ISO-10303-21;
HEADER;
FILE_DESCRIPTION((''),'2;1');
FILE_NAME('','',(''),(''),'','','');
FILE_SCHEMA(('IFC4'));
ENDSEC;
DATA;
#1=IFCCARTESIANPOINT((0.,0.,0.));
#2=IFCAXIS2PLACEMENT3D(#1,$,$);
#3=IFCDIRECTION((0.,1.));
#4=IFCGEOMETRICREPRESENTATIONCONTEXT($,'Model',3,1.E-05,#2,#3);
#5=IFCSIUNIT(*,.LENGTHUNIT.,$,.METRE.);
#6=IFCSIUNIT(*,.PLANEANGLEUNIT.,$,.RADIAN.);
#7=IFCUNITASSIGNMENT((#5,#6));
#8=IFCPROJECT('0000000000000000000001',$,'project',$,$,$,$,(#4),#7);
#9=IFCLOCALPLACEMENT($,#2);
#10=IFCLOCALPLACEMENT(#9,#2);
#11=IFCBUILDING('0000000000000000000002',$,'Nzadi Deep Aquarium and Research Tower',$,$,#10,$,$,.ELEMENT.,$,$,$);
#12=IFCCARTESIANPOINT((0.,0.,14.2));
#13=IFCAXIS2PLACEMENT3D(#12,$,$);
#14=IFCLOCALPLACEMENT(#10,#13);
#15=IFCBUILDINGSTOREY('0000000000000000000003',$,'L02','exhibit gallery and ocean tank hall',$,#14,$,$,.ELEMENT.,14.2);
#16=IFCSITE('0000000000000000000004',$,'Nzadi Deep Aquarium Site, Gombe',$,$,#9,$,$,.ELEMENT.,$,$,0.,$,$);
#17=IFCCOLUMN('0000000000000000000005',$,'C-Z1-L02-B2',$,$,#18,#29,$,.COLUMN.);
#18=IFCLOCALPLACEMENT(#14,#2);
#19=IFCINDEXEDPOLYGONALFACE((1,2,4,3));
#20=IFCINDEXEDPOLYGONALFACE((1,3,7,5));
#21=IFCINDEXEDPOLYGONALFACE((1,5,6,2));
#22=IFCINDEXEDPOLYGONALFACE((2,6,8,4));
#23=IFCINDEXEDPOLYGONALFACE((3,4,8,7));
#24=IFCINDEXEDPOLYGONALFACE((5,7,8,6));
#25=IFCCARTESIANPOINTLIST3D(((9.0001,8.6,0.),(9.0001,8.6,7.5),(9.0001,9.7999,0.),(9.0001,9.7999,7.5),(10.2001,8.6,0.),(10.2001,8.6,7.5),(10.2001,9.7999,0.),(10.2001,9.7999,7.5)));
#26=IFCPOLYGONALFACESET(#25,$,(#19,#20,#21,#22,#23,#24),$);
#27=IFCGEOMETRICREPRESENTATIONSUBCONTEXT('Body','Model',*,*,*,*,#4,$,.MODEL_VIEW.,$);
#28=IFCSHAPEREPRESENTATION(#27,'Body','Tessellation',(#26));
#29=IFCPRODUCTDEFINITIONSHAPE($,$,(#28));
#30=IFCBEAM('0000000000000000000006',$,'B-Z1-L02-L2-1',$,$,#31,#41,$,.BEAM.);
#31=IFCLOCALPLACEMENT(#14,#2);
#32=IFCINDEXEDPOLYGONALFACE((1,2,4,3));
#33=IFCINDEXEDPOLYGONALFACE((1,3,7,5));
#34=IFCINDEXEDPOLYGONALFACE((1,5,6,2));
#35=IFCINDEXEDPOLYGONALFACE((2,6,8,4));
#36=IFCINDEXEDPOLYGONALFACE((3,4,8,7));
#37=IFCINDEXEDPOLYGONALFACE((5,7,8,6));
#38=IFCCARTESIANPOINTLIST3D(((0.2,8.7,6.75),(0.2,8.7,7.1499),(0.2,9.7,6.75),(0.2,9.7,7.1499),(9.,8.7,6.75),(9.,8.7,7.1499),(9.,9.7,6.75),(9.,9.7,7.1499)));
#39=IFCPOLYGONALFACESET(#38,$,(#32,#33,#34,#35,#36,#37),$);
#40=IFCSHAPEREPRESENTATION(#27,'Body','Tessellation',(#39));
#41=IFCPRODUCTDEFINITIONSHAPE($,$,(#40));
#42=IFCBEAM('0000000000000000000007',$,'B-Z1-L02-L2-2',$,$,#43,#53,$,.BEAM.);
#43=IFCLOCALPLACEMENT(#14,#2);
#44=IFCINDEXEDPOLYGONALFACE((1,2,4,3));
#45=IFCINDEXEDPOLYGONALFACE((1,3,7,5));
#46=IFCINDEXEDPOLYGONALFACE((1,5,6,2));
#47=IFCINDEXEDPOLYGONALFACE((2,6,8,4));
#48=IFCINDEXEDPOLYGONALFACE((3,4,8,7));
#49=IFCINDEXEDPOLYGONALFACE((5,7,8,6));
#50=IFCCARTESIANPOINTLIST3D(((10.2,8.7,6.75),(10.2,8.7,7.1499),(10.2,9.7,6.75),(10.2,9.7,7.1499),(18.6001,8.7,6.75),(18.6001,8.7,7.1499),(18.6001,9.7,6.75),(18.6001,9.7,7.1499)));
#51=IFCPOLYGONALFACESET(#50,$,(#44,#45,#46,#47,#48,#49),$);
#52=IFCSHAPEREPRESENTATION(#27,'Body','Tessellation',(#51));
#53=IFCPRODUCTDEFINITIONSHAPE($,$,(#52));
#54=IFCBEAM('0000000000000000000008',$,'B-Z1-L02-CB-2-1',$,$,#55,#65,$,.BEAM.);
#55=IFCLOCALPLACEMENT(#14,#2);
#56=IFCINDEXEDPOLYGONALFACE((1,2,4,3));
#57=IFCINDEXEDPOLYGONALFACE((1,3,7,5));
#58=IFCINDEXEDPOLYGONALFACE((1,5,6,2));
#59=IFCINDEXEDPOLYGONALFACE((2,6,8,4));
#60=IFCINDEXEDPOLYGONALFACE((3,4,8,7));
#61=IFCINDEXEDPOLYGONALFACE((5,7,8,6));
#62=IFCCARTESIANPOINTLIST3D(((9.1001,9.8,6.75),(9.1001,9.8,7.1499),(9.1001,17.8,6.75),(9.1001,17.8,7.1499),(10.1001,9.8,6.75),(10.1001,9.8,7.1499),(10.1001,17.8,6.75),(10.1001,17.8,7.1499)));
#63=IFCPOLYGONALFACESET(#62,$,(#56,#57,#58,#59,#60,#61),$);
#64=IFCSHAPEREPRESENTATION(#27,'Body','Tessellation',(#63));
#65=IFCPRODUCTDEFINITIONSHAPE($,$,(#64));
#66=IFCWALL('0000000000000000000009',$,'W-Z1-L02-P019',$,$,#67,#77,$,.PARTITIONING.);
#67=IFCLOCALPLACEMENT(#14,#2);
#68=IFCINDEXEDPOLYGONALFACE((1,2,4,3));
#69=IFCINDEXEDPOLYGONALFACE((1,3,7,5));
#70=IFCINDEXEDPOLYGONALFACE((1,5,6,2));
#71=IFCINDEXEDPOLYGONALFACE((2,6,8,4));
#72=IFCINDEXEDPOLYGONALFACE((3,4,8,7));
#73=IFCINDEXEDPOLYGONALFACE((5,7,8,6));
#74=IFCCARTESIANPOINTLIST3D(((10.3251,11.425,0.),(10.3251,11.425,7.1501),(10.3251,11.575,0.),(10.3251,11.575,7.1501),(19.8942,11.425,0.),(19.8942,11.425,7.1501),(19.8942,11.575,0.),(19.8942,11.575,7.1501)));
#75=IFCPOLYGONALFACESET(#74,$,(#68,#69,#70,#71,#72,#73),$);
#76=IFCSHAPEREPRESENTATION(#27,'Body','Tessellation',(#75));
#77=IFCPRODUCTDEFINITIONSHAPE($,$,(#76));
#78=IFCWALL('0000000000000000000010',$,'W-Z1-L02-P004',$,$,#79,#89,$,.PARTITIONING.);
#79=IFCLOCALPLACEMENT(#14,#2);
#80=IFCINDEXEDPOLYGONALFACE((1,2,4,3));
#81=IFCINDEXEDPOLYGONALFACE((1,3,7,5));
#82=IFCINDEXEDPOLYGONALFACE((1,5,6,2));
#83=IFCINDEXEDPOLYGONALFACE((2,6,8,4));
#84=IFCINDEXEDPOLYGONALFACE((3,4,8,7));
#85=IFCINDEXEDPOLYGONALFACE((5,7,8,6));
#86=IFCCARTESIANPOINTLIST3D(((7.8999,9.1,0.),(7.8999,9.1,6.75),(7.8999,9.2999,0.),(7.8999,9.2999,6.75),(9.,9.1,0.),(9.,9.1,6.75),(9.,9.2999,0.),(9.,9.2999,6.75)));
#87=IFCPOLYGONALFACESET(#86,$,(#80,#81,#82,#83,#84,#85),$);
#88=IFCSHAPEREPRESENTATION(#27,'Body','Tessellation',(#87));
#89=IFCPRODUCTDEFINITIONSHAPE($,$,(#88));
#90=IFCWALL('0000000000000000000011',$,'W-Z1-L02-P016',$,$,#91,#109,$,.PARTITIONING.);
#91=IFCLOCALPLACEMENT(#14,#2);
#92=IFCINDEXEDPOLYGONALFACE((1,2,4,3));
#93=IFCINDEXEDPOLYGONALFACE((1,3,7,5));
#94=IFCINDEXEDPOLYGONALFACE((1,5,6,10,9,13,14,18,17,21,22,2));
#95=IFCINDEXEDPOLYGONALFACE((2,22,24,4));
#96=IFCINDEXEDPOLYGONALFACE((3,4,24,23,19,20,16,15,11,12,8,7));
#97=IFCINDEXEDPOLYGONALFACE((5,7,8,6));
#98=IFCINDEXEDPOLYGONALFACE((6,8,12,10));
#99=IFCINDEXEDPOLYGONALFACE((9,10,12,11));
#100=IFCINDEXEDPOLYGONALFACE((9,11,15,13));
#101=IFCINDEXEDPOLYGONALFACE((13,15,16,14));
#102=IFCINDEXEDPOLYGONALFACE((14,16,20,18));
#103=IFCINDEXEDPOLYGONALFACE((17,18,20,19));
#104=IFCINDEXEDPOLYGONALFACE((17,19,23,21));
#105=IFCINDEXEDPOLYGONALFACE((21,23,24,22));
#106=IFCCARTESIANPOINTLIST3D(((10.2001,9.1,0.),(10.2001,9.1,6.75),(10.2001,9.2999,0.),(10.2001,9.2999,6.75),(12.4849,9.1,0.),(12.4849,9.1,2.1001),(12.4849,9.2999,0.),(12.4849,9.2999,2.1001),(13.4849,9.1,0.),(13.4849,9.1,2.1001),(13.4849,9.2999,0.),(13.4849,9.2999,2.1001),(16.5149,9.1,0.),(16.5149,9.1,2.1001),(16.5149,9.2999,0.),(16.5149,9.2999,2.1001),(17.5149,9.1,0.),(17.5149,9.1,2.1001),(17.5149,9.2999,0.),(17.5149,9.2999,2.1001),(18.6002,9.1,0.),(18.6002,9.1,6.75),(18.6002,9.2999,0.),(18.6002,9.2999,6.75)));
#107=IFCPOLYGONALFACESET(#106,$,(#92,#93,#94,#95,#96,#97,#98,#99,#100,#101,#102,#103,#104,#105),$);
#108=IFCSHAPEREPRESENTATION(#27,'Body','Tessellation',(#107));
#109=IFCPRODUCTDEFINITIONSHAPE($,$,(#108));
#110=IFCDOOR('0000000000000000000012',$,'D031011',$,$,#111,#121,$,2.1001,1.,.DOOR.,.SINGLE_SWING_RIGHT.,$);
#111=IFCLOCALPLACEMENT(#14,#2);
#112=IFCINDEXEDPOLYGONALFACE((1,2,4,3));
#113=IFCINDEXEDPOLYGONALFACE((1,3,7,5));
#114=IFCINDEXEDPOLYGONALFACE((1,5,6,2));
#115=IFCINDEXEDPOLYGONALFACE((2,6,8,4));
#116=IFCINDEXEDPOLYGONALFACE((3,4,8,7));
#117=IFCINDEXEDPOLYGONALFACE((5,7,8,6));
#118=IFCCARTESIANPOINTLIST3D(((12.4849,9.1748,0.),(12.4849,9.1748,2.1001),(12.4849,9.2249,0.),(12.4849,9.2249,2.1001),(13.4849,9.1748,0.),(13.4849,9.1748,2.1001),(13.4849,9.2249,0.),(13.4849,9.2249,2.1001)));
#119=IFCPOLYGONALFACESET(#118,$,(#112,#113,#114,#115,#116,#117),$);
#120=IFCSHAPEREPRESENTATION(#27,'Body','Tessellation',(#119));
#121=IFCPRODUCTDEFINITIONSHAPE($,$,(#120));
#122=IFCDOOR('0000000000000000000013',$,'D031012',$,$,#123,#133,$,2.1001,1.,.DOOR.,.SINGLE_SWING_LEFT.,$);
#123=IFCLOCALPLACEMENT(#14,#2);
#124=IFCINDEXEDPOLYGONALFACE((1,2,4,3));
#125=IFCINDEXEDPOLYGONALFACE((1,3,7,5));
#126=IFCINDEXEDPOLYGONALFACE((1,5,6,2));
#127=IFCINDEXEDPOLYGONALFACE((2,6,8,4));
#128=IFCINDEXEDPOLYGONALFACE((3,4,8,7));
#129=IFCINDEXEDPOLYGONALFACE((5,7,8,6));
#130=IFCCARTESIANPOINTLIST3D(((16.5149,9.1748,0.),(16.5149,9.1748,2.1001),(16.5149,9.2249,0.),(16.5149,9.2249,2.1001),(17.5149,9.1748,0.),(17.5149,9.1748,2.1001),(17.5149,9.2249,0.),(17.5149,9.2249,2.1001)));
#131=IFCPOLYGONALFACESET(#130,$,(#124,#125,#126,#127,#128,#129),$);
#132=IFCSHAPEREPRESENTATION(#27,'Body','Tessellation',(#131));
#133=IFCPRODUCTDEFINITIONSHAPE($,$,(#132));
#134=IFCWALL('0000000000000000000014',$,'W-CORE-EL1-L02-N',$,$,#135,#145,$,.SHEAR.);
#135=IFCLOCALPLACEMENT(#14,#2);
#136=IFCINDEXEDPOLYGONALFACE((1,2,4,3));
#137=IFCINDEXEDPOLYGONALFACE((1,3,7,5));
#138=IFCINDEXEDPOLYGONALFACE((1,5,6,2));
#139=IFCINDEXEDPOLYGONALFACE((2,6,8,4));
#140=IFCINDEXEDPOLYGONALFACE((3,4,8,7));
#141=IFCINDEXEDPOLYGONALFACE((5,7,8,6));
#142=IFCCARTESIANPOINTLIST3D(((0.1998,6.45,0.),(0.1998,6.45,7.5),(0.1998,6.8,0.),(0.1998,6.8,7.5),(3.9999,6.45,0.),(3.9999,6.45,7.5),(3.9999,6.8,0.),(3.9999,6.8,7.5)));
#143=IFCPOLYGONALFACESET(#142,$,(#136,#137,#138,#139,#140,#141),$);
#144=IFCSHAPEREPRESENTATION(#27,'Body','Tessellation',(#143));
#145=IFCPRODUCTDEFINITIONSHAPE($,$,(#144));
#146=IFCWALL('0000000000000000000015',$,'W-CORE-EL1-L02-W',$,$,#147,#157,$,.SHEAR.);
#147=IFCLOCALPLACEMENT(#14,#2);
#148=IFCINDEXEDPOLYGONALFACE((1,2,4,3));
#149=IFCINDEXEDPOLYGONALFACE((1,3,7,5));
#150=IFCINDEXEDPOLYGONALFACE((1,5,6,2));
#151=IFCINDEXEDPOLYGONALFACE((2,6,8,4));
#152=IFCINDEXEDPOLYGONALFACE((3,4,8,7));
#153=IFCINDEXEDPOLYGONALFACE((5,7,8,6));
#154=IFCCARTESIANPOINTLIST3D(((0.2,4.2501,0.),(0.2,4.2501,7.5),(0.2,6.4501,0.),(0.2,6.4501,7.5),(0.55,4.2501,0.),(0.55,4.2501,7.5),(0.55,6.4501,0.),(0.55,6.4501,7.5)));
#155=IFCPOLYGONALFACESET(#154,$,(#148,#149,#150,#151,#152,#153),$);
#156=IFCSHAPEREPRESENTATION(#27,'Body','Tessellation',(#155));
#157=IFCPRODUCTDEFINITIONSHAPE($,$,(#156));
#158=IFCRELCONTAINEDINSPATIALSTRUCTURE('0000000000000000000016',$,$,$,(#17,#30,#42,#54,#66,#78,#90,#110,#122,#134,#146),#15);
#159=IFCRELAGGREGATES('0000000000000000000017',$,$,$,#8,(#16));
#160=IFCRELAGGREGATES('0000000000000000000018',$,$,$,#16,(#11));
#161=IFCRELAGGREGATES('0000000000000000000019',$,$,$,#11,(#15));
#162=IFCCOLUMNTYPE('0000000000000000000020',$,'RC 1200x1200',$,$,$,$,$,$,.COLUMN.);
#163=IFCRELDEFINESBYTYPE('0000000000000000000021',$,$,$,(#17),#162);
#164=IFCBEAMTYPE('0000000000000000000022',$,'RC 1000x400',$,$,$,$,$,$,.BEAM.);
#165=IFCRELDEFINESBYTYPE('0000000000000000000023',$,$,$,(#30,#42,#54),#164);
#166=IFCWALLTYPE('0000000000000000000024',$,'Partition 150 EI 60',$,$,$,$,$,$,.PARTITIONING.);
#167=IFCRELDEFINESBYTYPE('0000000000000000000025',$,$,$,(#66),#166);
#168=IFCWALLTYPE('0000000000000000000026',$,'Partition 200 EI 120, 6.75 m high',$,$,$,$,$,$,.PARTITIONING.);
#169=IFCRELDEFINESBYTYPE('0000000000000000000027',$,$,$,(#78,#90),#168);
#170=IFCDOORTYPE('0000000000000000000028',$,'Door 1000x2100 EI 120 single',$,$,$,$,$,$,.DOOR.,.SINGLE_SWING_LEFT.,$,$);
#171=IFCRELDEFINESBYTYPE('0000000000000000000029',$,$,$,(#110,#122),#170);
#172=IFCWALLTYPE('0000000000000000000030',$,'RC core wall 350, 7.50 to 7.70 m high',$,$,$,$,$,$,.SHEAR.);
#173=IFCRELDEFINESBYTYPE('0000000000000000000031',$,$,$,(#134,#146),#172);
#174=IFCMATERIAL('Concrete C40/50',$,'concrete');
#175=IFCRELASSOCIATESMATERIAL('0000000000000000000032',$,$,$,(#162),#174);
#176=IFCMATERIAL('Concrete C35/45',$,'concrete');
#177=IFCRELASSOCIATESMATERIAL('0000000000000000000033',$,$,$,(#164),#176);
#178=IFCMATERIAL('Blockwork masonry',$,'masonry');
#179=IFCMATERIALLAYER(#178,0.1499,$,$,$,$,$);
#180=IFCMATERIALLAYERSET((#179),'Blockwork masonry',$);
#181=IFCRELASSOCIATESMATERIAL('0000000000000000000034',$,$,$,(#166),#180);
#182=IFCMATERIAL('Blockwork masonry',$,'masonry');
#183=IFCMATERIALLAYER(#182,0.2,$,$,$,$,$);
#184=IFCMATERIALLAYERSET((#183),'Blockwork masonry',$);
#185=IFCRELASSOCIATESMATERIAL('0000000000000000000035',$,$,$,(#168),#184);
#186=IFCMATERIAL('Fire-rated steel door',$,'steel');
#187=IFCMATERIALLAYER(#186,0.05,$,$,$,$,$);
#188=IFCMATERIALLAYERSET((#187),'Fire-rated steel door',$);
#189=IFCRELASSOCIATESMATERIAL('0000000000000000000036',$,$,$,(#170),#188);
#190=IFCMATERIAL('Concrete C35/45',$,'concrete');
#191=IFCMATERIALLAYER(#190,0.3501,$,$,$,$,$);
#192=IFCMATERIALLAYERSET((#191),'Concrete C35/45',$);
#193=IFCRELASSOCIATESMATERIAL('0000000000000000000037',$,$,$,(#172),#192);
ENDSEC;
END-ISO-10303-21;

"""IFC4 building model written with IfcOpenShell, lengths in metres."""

from ifc_helpers import new_model, si_unit, direction, frame, frame_2d, origin, origin_2d, place, context, subcontext, project, spatial, rectangle, extrude, material, layer, layer_set, material_profile, profile_set, type_object, element, fill, save


model = new_model("IFC4")

# Units and contexts
model_context = context("Model", 3, precision=1e-05, world=origin(), true_north=direction((0.0, 1.0)))
body_context = subcontext(model_context, "Body", "Model", "MODEL_VIEW")
ifc_project = project(units=[si_unit("LENGTHUNIT", "METRE"), si_unit("PLANEANGLEUNIT", "RADIAN")], contexts=[model_context])

# Site, building, storey
site_placement = place(None, origin())
site = spatial("IfcSite", under=ifc_project, at=site_placement, Name="Nzadi Deep Aquarium Site, Gombe", CompositionType="ELEMENT", RefElevation=0.0)
building_placement = place(site_placement, origin())
building = spatial("IfcBuilding", under=site, at=building_placement, Name="Nzadi Deep Aquarium and Research Tower", CompositionType="ELEMENT")
storey_placement = place(building_placement, frame((0.0, 0.0, 14.2)))
storey = spatial("IfcBuildingStorey", under=building, at=storey_placement, Name="L02", Description="exhibit gallery and ocean tank hall", CompositionType="ELEMENT", Elevation=14.2)

# Column
ifc_material_1 = material(Name="Concrete C40/50", Category="concrete")
ifc_material_profile_1 = material_profile(ifc_material_1, rectangle(XDim=1.2, YDim=1.2, at=origin_2d()))
ifc_profile_set_1 = profile_set([ifc_material_profile_1], Name="Concrete C40/50")
column_type = type_object("IfcColumnType", Name="RC 1200x1200", PredefinedType="COLUMN", material=ifc_profile_set_1)
column_placement = place(storey_placement, frame((9.6001, 9.2, 0.0), z_axis=(0.0, 0.0, 1.0), x_axis=(1.0, 0.0, 0.0)))
element("IfcColumn", 1, at=column_placement, inside=storey, type_object=column_type, Name="C-Z1-L02-B2", PredefinedType="COLUMN", context=body_context, shape_type="SweptSolid", body=[
    extrude(rectangle(XDim=1.2, YDim=1.2, at=origin_2d()), origin(), (0.0, 0.0, 1.0), 7.5),
])

# Beams
ifc_material_2 = material(Name="Concrete C35/45", Category="concrete")
ifc_material_profile_2 = material_profile(ifc_material_2, rectangle(XDim=1.0, YDim=0.3999, at=origin_2d()))
ifc_profile_set_2 = profile_set([ifc_material_profile_2], Name="Concrete C35/45")
beam_type = type_object("IfcBeamType", Name="RC 1000x400", PredefinedType="BEAM", material=ifc_profile_set_2)
beam_1_placement = place(storey_placement, frame((0.2, 9.2, 6.95), z_axis=(1.0, 0.0, 0.0), x_axis=(0.0, 1.0, 0.0)))
element("IfcBeam", 2, at=beam_1_placement, inside=storey, type_object=beam_type, Name="B-Z1-L02-L2-1", PredefinedType="BEAM", context=body_context, shape_type="SweptSolid", body=[
    extrude(rectangle(XDim=1.0, YDim=0.3999, at=origin_2d()), origin(), (0.0, 0.0, 1.0), 8.8),
])
beam_2_placement = place(storey_placement, frame((10.2, 9.2, 6.95), z_axis=(1.0, 0.0, 0.0), x_axis=(0.0, 1.0, 0.0)))
element("IfcBeam", 3, at=beam_2_placement, inside=storey, type_object=beam_type, Name="B-Z1-L02-L2-2", PredefinedType="BEAM", context=body_context, shape_type="SweptSolid", body=[
    extrude(rectangle(XDim=1.0, YDim=0.3999, at=origin_2d()), origin(), (0.0, 0.0, 1.0), 8.4001),
])
beam_3_placement = place(storey_placement, frame((9.6001, 9.8, 6.95), z_axis=(0.0, 1.0, 0.0), x_axis=(-1.0, 0.0, 0.0)))
element("IfcBeam", 4, at=beam_3_placement, inside=storey, type_object=beam_type, Name="B-Z1-L02-CB-2-1", PredefinedType="BEAM", context=body_context, shape_type="SweptSolid", body=[
    extrude(rectangle(XDim=1.0, YDim=0.3999, at=origin_2d()), origin(), (0.0, 0.0, 1.0), 8.0),
])

# Walls
ifc_material_3 = material(Name="Blockwork masonry", Category="masonry")
ifc_layer_1 = layer(ifc_material_3, 0.1499)
ifc_layer_set_1 = layer_set([ifc_layer_1], Name="Blockwork masonry")
wall_type_1 = type_object("IfcWallType", Name="Partition 150 EI 60", PredefinedType="PARTITIONING", material=ifc_layer_set_1)
wall_1_placement = place(storey_placement, frame((10.325, 11.5, 0.0), z_axis=(0.0, 0.0, 1.0), x_axis=(1.0, 0.0, 0.0)))
element("IfcWall", 5, at=wall_1_placement, inside=storey, type_object=wall_type_1, Name="W-Z1-L02-P019", PredefinedType="PARTITIONING", context=body_context, shape_type="SweptSolid", body=[
    extrude(rectangle(XDim=9.5691, YDim=0.1499, at=frame_2d((4.7847, 0.0))), origin(), (0.0, 0.0, 1.0), 7.1501),
])
ifc_material_4 = material(Name="Blockwork masonry", Category="masonry")
ifc_layer_2 = layer(ifc_material_4, 0.2)
ifc_layer_set_2 = layer_set([ifc_layer_2], Name="Blockwork masonry")
wall_type_2 = type_object("IfcWallType", Name="Partition 200 EI 120, 6.75 m high", PredefinedType="PARTITIONING", material=ifc_layer_set_2)
wall_2_placement = place(storey_placement, frame((7.8999, 9.2, 0.0), z_axis=(0.0, 0.0, 1.0), x_axis=(1.0, 0.0, 0.0)))
element("IfcWall", 6, at=wall_2_placement, inside=storey, type_object=wall_type_2, Name="W-Z1-L02-P004", PredefinedType="PARTITIONING", context=body_context, shape_type="SweptSolid", body=[
    extrude(rectangle(XDim=1.1001, YDim=0.2, at=frame_2d((0.55, 0.0))), origin(), (0.0, 0.0, 1.0), 6.75),
])

# Wall, openings, doors
wall_3_placement = place(storey_placement, frame((10.2, 9.2, 0.0), z_axis=(0.0, 0.0, 1.0), x_axis=(1.0, 0.0, 0.0)))
wall_3 = element("IfcWall", 7, at=wall_3_placement, inside=storey, type_object=wall_type_2, Name="W-Z1-L02-P016", PredefinedType="PARTITIONING", context=body_context, shape_type="SweptSolid", body=[
    extrude(rectangle(XDim=8.4001, YDim=0.2, at=frame_2d((4.2002, 0.0))), origin(), (0.0, 0.0, 1.0), 6.75),
])
opening_1_placement = place(wall_3_placement, frame((2.2849, 0.0, 0.0)))
opening_1 = element("IfcOpeningElement", 8, at=opening_1_placement, cuts=wall_3, PredefinedType="OPENING", context=body_context, shape_type="SweptSolid", body=[
    extrude(rectangle(XDim=1.0, YDim=2.1001, at=frame_2d((0.5, 1.05))), frame((0.0, 0.1101, 0.0), z_axis=(0.0, -1.0, 0.0), x_axis=(1.0, 0.0, 0.0)), (0.0, 0.0, 1.0), 0.2202),
])
opening_2_placement = place(wall_3_placement, frame((6.3149, 0.0, 0.0)))
opening_2 = element("IfcOpeningElement", 9, at=opening_2_placement, cuts=wall_3, PredefinedType="OPENING", context=body_context, shape_type="SweptSolid", body=[
    extrude(rectangle(XDim=1.0, YDim=2.1001, at=frame_2d((0.5, 1.05))), frame((0.0, 0.1101, 0.0), z_axis=(0.0, -1.0, 0.0), x_axis=(1.0, 0.0, 0.0)), (0.0, 0.0, 1.0), 0.2202),
])
ifc_material_5 = material(Name="Fire-rated steel door", Category="steel")
ifc_layer_3 = layer(ifc_material_5, 0.05)
ifc_layer_set_3 = layer_set([ifc_layer_3], Name="Fire-rated steel door")
door_type_1 = type_object("IfcDoorType", Name="Door 1000x2100 EI 120 single", OperationType="SINGLE_SWING_LEFT", PredefinedType="DOOR", material=ifc_layer_set_3)
door_1_placement = place(opening_1_placement, origin())
door_1 = element("IfcDoor", 10, at=door_1_placement, inside=storey, type_object=door_type_1, Name="D031011", OperationType="SINGLE_SWING_RIGHT", OverallHeight=2.1001, OverallWidth=1.0, PredefinedType="DOOR", context=body_context, shape_type="SweptSolid", body=[
    extrude(rectangle(XDim=1.0, YDim=2.1001, at=frame_2d((0.5, 1.05))), frame((0.0, 0.0249, 0.0), z_axis=(0.0, -1.0, 0.0), x_axis=(1.0, 0.0, 0.0)), (0.0, 0.0, 1.0), 0.05),
])
fill(opening_1, door_1)
door_2_placement = place(opening_2_placement, origin())
door_2 = element("IfcDoor", 11, at=door_2_placement, inside=storey, type_object=door_type_1, Name="D031012", OperationType="SINGLE_SWING_LEFT", OverallHeight=2.1001, OverallWidth=1.0, PredefinedType="DOOR", context=body_context, shape_type="SweptSolid", body=[
    extrude(rectangle(XDim=1.0, YDim=2.1001, at=frame_2d((0.5, 1.05))), frame((0.0, 0.0249, 0.0), z_axis=(0.0, -1.0, 0.0), x_axis=(1.0, 0.0, 0.0)), (0.0, 0.0, 1.0), 0.05),
])
fill(opening_2, door_2)

# Walls
ifc_material_6 = material(Name="Concrete C35/45", Category="concrete")
ifc_layer_4 = layer(ifc_material_6, 0.3501)
ifc_layer_set_4 = layer_set([ifc_layer_4], Name="Concrete C35/45")
wall_type_3 = type_object("IfcWallType", Name="RC core wall 350, 7.50 to 7.70 m high", PredefinedType="SHEAR", material=ifc_layer_set_4)
wall_4_placement = place(storey_placement, frame((0.2, 6.625, 0.0), z_axis=(0.0, 0.0, 1.0), x_axis=(1.0, 0.0, 0.0)))
element("IfcWall", 12, at=wall_4_placement, inside=storey, type_object=wall_type_3, Name="W-CORE-EL1-L02-N", PredefinedType="SHEAR", context=body_context, shape_type="SweptSolid", body=[
    extrude(rectangle(XDim=3.8, YDim=0.3501, at=frame_2d((1.8999, 0.0))), origin(), (0.0, 0.0, 1.0), 7.5),
])
wall_5_placement = place(storey_placement, frame((0.375, 4.25, 0.0), z_axis=(0.0, 0.0, 1.0), x_axis=(0.0, 1.0, 0.0)))
element("IfcWall", 13, at=wall_5_placement, inside=storey, type_object=wall_type_3, Name="W-CORE-EL1-L02-W", PredefinedType="SHEAR", context=body_context, shape_type="SweptSolid", body=[
    extrude(rectangle(XDim=2.2, YDim=0.3501, at=frame_2d((1.1001, 0.0))), origin(), (0.0, 0.0, 1.0), 7.5),
])

save(model, "model.ifc")
